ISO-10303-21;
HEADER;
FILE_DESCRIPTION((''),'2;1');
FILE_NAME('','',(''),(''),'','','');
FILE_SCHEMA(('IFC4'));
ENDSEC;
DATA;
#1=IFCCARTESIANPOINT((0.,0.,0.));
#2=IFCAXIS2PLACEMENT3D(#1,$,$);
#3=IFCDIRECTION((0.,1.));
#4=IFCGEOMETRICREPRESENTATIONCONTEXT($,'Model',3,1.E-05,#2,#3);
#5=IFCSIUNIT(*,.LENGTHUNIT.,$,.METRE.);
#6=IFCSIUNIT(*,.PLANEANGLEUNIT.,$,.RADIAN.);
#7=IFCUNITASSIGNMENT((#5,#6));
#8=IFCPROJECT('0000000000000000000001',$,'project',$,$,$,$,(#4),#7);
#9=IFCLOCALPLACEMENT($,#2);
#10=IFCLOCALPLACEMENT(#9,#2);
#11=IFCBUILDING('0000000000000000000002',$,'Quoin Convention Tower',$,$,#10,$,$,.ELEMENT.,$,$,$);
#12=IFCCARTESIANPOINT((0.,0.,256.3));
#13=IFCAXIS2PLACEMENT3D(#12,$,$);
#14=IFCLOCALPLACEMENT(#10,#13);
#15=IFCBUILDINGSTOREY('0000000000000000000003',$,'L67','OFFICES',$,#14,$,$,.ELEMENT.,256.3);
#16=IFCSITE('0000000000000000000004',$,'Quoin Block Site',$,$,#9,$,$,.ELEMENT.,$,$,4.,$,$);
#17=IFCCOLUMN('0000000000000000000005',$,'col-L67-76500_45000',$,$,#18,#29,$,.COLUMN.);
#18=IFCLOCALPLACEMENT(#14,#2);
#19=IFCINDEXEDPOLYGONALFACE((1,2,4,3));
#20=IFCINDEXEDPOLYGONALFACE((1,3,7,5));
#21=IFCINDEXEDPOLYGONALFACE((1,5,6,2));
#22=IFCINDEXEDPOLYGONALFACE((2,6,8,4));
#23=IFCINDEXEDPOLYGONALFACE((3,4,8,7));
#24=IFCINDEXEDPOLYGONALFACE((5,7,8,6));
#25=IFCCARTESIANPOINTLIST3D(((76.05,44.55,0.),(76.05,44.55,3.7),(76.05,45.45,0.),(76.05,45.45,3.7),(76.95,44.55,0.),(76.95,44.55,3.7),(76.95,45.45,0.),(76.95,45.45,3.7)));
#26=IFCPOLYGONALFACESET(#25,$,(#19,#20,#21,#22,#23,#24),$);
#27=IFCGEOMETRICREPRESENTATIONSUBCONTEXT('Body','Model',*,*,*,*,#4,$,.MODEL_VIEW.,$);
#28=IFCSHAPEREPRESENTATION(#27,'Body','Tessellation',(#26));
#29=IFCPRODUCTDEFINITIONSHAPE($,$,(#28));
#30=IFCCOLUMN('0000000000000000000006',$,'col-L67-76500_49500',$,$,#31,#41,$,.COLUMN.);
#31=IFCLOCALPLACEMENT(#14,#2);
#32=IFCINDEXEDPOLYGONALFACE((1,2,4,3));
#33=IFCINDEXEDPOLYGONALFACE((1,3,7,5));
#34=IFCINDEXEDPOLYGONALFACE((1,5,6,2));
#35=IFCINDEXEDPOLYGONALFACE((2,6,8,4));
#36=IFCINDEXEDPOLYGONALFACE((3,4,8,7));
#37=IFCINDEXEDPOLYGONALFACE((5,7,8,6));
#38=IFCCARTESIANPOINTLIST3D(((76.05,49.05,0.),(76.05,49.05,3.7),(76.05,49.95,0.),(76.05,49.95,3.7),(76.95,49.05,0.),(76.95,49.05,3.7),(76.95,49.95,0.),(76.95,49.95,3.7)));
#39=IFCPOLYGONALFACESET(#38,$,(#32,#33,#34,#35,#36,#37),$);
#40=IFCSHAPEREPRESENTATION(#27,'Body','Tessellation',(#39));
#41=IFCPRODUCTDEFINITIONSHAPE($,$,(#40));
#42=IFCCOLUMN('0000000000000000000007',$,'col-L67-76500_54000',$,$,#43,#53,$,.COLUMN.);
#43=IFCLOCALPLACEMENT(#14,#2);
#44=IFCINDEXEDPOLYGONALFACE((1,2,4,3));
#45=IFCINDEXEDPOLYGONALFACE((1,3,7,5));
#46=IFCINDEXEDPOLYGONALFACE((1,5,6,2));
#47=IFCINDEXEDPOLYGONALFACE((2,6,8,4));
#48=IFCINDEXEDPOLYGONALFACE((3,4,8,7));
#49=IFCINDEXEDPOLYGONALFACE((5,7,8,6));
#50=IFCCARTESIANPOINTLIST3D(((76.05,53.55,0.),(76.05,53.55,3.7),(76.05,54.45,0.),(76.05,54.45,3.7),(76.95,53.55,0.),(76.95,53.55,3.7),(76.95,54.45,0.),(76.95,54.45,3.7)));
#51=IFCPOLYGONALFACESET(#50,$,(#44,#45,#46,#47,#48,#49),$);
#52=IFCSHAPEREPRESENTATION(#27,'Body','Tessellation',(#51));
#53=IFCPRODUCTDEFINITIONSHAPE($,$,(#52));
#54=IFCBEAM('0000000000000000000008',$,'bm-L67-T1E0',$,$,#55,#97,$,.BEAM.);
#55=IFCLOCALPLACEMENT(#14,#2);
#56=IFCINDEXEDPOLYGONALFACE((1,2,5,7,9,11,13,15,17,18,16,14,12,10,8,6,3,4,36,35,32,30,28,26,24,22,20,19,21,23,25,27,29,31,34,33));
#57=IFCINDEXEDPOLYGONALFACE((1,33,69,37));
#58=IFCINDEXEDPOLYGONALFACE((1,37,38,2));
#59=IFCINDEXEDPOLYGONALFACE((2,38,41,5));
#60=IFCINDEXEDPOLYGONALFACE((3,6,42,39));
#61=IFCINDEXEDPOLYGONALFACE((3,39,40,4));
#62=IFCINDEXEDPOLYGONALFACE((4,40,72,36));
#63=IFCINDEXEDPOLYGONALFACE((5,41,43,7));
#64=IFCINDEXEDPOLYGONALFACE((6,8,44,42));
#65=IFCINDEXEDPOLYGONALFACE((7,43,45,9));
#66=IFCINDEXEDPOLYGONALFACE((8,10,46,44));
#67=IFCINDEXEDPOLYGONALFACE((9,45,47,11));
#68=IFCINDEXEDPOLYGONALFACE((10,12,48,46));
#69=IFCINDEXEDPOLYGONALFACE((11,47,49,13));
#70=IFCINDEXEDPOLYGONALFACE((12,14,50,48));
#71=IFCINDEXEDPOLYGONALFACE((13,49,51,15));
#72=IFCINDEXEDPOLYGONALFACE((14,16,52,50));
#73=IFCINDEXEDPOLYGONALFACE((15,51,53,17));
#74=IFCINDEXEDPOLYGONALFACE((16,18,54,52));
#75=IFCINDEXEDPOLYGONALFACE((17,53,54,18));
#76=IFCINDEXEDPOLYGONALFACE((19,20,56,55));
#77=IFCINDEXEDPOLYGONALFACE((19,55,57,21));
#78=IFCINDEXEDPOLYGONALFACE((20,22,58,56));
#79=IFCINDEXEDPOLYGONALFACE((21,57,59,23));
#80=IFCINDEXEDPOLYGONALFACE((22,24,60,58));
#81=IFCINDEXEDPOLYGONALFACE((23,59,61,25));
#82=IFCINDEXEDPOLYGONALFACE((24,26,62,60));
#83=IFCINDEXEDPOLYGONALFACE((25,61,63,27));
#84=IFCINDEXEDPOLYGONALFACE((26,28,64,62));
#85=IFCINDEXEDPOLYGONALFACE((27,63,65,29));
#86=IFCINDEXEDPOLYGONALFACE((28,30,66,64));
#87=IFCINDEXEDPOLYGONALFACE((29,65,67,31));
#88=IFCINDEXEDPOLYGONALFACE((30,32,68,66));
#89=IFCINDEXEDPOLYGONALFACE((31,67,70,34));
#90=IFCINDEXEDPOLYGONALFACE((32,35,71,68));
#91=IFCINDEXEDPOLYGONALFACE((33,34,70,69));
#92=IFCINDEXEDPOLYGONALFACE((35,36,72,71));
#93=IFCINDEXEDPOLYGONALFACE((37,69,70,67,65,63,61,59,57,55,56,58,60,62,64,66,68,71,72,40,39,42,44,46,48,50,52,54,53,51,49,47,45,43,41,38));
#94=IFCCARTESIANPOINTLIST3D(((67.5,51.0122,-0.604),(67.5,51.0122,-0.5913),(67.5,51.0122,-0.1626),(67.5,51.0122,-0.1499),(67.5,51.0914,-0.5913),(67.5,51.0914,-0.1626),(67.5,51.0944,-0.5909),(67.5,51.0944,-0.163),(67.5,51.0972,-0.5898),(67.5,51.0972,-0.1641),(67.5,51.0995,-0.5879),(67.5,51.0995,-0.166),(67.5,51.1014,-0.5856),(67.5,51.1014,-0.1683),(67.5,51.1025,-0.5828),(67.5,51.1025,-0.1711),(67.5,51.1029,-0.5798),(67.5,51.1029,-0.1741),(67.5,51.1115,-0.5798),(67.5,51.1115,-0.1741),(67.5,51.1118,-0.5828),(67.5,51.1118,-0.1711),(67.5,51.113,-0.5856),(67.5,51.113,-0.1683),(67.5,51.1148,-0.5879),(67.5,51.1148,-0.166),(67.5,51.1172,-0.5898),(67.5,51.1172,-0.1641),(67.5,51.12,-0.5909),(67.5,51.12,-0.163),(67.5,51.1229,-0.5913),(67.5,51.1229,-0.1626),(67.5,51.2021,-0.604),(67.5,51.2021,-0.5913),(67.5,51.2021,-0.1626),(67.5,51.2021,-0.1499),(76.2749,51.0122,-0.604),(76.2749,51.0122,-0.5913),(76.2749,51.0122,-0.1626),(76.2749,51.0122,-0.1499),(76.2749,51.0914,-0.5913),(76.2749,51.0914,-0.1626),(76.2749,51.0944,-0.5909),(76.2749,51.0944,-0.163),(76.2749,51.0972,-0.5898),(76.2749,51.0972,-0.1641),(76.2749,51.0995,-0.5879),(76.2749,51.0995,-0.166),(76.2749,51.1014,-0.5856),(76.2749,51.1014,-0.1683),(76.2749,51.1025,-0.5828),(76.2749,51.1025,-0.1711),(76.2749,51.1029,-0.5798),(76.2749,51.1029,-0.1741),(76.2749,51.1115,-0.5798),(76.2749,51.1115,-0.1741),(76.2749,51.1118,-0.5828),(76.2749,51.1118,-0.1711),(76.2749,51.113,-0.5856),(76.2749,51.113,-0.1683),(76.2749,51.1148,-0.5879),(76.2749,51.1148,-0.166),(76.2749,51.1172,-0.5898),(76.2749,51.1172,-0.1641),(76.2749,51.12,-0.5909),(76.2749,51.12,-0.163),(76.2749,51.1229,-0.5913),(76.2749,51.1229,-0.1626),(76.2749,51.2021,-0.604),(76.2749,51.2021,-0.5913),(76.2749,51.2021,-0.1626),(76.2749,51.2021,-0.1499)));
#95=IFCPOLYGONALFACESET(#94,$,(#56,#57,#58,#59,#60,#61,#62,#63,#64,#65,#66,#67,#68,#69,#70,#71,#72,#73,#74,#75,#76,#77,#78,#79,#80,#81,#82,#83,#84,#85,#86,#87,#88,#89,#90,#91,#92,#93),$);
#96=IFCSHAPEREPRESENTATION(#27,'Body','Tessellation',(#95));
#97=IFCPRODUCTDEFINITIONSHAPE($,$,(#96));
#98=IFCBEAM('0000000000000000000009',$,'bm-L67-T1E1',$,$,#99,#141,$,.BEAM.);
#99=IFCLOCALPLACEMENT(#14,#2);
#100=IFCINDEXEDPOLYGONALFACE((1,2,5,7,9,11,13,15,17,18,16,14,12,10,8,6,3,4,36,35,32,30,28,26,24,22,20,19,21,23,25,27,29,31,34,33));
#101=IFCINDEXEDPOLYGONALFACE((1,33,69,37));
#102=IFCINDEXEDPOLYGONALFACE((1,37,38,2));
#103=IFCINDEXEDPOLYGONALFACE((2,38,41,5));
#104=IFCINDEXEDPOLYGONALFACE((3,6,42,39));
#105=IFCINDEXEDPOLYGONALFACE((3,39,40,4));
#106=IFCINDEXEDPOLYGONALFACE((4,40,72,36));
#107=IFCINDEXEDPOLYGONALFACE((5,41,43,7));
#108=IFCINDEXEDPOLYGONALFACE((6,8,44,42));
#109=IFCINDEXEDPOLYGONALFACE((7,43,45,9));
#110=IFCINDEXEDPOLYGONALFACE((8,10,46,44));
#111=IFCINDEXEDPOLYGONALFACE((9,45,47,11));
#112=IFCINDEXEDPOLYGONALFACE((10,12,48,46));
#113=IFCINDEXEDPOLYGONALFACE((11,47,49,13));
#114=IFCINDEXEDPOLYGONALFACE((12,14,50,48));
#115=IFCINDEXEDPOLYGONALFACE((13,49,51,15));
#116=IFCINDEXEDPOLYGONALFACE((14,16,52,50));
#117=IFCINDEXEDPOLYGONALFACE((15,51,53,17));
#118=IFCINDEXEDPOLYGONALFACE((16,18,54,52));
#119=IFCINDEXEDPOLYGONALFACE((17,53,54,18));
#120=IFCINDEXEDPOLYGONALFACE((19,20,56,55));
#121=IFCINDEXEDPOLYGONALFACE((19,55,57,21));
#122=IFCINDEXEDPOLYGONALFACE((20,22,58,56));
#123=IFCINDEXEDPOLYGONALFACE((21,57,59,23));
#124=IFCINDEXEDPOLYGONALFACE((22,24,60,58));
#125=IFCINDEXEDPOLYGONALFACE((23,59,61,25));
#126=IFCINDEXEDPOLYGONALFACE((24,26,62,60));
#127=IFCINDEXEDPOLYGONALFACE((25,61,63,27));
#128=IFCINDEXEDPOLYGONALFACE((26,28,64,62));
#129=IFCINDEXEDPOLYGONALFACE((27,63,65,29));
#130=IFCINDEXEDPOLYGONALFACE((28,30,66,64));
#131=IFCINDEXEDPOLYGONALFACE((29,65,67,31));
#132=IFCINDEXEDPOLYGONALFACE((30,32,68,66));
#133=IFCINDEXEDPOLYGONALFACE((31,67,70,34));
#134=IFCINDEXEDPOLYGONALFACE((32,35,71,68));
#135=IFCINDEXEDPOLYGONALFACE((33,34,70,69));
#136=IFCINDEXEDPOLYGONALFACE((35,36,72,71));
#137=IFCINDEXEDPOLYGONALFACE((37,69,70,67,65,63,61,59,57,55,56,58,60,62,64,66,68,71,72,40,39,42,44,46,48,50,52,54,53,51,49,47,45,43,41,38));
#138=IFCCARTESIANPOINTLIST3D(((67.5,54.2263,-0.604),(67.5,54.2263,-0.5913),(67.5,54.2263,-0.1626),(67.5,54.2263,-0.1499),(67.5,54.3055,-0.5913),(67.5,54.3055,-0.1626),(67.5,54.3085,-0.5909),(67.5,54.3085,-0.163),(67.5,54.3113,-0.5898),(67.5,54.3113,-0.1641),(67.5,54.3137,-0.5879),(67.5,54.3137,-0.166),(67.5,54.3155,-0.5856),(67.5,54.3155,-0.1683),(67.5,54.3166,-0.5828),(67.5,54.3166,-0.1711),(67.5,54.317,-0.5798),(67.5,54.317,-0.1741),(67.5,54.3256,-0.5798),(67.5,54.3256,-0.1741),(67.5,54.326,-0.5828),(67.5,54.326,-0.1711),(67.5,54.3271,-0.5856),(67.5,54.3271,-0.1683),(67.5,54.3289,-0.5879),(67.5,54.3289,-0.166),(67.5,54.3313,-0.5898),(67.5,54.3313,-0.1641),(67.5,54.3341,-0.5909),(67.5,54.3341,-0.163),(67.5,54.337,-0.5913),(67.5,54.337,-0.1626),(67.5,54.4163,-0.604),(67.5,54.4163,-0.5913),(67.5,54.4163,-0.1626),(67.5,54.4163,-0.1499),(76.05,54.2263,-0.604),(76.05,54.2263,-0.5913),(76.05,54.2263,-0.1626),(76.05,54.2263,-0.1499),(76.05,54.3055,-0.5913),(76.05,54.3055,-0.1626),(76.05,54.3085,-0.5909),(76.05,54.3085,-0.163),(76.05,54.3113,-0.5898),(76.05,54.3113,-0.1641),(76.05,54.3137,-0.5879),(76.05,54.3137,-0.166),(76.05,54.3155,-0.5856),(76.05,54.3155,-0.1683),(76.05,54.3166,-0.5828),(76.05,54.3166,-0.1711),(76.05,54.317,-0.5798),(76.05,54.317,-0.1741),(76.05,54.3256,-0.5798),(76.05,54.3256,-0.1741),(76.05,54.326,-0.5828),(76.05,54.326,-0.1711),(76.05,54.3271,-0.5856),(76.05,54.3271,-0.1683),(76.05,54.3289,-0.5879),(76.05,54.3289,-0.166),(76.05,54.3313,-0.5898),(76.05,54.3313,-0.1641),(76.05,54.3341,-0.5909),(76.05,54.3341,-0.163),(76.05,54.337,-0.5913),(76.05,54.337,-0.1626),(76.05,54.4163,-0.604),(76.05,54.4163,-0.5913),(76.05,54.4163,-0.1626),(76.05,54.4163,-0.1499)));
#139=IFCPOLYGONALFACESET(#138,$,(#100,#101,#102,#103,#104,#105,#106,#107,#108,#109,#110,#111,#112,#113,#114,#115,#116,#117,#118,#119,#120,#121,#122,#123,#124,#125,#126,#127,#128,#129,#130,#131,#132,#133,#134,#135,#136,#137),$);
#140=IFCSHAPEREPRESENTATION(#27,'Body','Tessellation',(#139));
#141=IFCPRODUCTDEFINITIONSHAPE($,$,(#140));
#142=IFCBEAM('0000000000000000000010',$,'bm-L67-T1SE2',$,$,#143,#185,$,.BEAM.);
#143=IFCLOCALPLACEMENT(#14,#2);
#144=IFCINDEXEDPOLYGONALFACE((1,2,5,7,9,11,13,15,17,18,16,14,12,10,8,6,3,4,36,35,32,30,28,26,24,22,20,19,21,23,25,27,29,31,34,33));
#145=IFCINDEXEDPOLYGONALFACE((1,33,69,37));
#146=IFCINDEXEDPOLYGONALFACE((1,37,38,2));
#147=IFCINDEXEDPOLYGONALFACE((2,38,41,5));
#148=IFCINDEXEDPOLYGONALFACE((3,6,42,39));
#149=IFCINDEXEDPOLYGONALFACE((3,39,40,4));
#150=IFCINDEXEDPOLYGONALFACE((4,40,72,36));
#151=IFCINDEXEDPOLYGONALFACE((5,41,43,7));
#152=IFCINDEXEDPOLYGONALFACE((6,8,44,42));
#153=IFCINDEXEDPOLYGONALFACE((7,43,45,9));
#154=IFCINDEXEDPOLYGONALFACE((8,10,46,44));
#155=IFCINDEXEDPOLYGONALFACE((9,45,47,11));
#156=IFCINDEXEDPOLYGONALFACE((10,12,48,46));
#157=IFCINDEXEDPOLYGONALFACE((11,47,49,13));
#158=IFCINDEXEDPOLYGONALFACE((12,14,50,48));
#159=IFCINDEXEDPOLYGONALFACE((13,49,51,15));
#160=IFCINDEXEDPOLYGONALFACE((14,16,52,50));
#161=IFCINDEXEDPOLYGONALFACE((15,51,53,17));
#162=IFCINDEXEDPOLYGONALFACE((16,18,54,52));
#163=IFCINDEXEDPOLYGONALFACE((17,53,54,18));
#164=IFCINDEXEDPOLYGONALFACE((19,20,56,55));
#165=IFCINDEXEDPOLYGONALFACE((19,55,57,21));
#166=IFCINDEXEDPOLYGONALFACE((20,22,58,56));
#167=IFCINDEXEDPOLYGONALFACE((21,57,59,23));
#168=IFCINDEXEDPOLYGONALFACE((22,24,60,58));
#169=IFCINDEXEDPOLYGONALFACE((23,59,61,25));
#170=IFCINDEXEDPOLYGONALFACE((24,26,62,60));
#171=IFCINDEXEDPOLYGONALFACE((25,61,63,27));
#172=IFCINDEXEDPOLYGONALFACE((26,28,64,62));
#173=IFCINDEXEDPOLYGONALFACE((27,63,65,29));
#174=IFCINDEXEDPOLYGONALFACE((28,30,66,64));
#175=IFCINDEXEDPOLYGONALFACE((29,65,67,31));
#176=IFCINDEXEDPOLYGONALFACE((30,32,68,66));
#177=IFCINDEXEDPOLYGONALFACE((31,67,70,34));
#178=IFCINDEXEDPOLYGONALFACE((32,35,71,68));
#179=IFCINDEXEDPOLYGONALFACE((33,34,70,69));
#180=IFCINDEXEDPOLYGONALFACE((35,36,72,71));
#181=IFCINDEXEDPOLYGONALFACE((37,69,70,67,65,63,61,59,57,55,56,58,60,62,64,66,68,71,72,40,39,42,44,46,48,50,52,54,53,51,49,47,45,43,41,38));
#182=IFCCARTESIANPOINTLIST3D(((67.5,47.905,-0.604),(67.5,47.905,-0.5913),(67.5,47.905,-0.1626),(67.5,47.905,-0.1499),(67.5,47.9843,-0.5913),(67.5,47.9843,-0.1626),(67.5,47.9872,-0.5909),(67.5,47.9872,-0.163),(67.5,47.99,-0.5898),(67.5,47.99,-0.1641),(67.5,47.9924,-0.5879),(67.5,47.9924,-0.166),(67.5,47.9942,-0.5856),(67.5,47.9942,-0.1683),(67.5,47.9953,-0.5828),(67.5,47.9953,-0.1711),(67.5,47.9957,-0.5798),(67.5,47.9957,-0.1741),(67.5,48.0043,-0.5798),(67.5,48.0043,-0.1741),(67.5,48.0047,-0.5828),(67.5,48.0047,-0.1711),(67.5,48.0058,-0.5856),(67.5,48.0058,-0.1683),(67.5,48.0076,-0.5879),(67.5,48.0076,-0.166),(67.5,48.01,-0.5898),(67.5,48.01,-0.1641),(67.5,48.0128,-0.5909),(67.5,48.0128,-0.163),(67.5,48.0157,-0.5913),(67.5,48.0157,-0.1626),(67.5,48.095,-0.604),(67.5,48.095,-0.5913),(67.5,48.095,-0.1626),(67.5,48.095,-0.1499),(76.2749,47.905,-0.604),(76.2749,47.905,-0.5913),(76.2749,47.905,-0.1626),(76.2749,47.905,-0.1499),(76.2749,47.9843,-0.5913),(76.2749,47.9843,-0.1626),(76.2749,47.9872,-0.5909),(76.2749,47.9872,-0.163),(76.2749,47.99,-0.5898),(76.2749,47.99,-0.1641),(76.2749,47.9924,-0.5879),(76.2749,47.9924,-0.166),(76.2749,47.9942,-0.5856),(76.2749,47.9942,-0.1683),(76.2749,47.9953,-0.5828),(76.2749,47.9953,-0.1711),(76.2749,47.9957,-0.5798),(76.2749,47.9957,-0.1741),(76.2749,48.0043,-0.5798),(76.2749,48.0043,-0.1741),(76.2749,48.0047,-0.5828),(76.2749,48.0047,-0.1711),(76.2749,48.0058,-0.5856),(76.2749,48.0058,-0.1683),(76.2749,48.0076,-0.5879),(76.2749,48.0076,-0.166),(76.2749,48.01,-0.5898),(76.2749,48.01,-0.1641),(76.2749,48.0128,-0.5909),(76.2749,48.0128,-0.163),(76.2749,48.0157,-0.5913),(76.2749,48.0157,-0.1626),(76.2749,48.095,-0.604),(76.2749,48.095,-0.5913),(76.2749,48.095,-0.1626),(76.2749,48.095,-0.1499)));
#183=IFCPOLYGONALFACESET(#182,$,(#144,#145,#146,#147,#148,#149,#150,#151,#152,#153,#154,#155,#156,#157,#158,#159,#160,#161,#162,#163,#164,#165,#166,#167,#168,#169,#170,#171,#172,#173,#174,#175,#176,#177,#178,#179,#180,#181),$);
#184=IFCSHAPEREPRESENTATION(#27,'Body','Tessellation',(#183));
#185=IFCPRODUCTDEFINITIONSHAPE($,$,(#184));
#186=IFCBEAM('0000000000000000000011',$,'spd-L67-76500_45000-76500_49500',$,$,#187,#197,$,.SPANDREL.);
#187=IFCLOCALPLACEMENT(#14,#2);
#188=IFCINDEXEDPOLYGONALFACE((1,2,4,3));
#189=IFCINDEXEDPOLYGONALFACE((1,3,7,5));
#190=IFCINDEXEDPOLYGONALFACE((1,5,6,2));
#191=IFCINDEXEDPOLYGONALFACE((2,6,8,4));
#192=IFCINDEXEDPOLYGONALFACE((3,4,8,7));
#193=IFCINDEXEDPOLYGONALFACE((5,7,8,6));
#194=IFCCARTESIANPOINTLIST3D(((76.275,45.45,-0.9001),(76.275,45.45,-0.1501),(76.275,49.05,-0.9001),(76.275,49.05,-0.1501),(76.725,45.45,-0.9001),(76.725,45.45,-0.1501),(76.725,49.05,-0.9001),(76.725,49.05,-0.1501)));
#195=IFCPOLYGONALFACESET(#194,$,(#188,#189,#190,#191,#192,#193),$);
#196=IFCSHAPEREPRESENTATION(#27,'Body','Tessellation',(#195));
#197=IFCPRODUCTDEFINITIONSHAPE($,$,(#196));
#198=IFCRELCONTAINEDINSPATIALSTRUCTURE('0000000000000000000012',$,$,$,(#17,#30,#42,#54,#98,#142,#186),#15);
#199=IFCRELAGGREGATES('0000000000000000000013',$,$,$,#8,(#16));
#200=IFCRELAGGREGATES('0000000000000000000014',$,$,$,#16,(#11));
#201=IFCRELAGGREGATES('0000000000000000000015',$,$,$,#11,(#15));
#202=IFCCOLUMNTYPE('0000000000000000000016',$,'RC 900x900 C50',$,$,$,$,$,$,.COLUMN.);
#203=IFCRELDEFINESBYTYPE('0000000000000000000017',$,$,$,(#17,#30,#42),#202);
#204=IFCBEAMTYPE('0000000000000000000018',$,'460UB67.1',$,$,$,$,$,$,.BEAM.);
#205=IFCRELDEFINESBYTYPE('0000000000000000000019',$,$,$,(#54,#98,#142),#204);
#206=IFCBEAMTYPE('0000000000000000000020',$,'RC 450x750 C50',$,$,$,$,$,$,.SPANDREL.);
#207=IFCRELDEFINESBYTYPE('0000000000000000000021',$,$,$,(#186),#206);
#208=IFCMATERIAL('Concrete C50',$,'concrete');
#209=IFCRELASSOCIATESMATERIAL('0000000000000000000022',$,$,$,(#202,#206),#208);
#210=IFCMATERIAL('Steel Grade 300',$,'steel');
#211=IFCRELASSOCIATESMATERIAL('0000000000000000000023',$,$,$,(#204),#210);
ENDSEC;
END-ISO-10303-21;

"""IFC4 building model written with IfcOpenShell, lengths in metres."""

from ifc_helpers import new_model, si_unit, direction, frame, origin, origin_2d, place, context, subcontext, project, spatial, rectangle, i_section, extrude, material, material_profile, profile_set, type_object, element, save


model = new_model("IFC4")

# Units and contexts
model_context = context("Model", 3, precision=1e-05, world=origin(), true_north=direction((0.0, 1.0)))
body_context = subcontext(model_context, "Body", "Model", "MODEL_VIEW")
ifc_project = project(units=[si_unit("LENGTHUNIT", "METRE"), si_unit("PLANEANGLEUNIT", "RADIAN")], contexts=[model_context])

# Site, building, storey
site_placement = place(None, origin())
site = spatial("IfcSite", under=ifc_project, at=site_placement, Name="Quoin Block Site", CompositionType="ELEMENT", RefElevation=4.0)
building_placement = place(site_placement, origin())
building = spatial("IfcBuilding", under=site, at=building_placement, Name="Quoin Convention Tower", CompositionType="ELEMENT")
storey_placement = place(building_placement, frame((0.0, 0.0, 256.3)))
storey = spatial("IfcBuildingStorey", under=building, at=storey_placement, Name="L67", Description="OFFICES", CompositionType="ELEMENT", Elevation=256.3)

# Columns
ifc_material_1 = material(Name="Concrete C50", Category="concrete")
ifc_material_profile_1 = material_profile(ifc_material_1, rectangle(XDim=0.8999, YDim=0.8999, at=origin_2d()), Name="RC 900x900")
ifc_profile_set_1 = profile_set([ifc_material_profile_1], Name="Concrete C50")
column_type = type_object("IfcColumnType", Name="RC 900x900 C50", PredefinedType="COLUMN", material=ifc_profile_set_1)
for number, where, z_axis, x_axis, name in (
    (1, (76.5, 45.0, 0.0), (0.0, 0.0, 1.0), (1.0, 0.0, 0.0), "col-L67-76500_45000"),
    (2, (76.5, 49.5, 0.0), (0.0, 0.0, 1.0), (1.0, 0.0, 0.0), "col-L67-76500_49500"),
    (3, (76.5, 54.0, 0.0), (0.0, 0.0, 1.0), (1.0, 0.0, 0.0), "col-L67-76500_54000"),
):
    element("IfcColumn", number, at=place(storey_placement, frame(where, z_axis=z_axis, x_axis=x_axis)), inside=storey, type_object=column_type, Name=name, PredefinedType="COLUMN", context=body_context, shape_type="SweptSolid", body=[
        extrude(rectangle(XDim=0.8999, YDim=0.8999, at=origin_2d()), origin(), (0.0, 0.0, 1.0), 3.7),
    ])

# Beams
ifc_material_2 = material(Name="Steel Grade 300", Category="steel")
ifc_material_profile_2 = material_profile(ifc_material_2, i_section(OverallWidth=0.1899, OverallDepth=0.4541, WebThickness=0.0085, FlangeThickness=0.0127, FilletRadius=0.0115, at=origin_2d()), Name="460UB67.1")
ifc_profile_set_2 = profile_set([ifc_material_profile_2], Name="Steel Grade 300")
beam_type_1 = type_object("IfcBeamType", Name="460UB67.1", PredefinedType="BEAM", material=ifc_profile_set_2)
beam_1_placement = place(storey_placement, frame((67.5, 51.1072, -0.377), z_axis=(1.0, 0.0, 0.0), x_axis=(0.0, 1.0, 0.0)))
element("IfcBeam", 4, at=beam_1_placement, inside=storey, type_object=beam_type_1, Name="bm-L67-T1E0", PredefinedType="BEAM", context=body_context, shape_type="SweptSolid", body=[
    extrude(i_section(OverallWidth=0.1899, OverallDepth=0.4541, WebThickness=0.0085, FlangeThickness=0.0127, FilletRadius=0.0115, at=origin_2d()), origin(), (0.0, 0.0, 1.0), 8.7749),
])
beam_2_placement = place(storey_placement, frame((67.5, 54.3213, -0.377), z_axis=(1.0, 0.0, 0.0), x_axis=(0.0, 1.0, 0.0)))
element("IfcBeam", 5, at=beam_2_placement, inside=storey, type_object=beam_type_1, Name="bm-L67-T1E1", PredefinedType="BEAM", context=body_context, shape_type="SweptSolid", body=[
    extrude(i_section(OverallWidth=0.1899, OverallDepth=0.4541, WebThickness=0.0085, FlangeThickness=0.0127, FilletRadius=0.0115, at=origin_2d()), origin(), (0.0, 0.0, 1.0), 8.55),
])
beam_3_placement = place(storey_placement, frame((67.5, 48.0, -0.377), z_axis=(1.0, 0.0, 0.0), x_axis=(0.0, 1.0, 0.0)))
element("IfcBeam", 6, at=beam_3_placement, inside=storey, type_object=beam_type_1, Name="bm-L67-T1SE2", PredefinedType="BEAM", context=body_context, shape_type="SweptSolid", body=[
    extrude(i_section(OverallWidth=0.1899, OverallDepth=0.4541, WebThickness=0.0085, FlangeThickness=0.0127, FilletRadius=0.0115, at=origin_2d()), origin(), (0.0, 0.0, 1.0), 8.7749),
])
ifc_material_profile_3 = material_profile(ifc_material_1, rectangle(XDim=0.45, YDim=0.75, at=origin_2d()), Name="RC 450x750")
ifc_profile_set_3 = profile_set([ifc_material_profile_3], Name="Concrete C50")
beam_type_2 = type_object("IfcBeamType", Name="RC 450x750 C50", PredefinedType="SPANDREL", material=ifc_profile_set_3)
for number, where, z_axis, x_axis, name in (
    (7, (76.5, 45.45, -0.5251), (0.0, 1.0, 0.0), (-1.0, 0.0, 0.0), "spd-L67-76500_45000-76500_49500"),
):
    element("IfcBeam", number, at=place(storey_placement, frame(where, z_axis=z_axis, x_axis=x_axis)), inside=storey, type_object=beam_type_2, Name=name, PredefinedType="SPANDREL", context=body_context, shape_type="SweptSolid", body=[
        extrude(rectangle(XDim=0.45, YDim=0.75, at=origin_2d()), origin(), (0.0, 0.0, 1.0), 3.6001),
    ])

save(model, "model.ifc")
